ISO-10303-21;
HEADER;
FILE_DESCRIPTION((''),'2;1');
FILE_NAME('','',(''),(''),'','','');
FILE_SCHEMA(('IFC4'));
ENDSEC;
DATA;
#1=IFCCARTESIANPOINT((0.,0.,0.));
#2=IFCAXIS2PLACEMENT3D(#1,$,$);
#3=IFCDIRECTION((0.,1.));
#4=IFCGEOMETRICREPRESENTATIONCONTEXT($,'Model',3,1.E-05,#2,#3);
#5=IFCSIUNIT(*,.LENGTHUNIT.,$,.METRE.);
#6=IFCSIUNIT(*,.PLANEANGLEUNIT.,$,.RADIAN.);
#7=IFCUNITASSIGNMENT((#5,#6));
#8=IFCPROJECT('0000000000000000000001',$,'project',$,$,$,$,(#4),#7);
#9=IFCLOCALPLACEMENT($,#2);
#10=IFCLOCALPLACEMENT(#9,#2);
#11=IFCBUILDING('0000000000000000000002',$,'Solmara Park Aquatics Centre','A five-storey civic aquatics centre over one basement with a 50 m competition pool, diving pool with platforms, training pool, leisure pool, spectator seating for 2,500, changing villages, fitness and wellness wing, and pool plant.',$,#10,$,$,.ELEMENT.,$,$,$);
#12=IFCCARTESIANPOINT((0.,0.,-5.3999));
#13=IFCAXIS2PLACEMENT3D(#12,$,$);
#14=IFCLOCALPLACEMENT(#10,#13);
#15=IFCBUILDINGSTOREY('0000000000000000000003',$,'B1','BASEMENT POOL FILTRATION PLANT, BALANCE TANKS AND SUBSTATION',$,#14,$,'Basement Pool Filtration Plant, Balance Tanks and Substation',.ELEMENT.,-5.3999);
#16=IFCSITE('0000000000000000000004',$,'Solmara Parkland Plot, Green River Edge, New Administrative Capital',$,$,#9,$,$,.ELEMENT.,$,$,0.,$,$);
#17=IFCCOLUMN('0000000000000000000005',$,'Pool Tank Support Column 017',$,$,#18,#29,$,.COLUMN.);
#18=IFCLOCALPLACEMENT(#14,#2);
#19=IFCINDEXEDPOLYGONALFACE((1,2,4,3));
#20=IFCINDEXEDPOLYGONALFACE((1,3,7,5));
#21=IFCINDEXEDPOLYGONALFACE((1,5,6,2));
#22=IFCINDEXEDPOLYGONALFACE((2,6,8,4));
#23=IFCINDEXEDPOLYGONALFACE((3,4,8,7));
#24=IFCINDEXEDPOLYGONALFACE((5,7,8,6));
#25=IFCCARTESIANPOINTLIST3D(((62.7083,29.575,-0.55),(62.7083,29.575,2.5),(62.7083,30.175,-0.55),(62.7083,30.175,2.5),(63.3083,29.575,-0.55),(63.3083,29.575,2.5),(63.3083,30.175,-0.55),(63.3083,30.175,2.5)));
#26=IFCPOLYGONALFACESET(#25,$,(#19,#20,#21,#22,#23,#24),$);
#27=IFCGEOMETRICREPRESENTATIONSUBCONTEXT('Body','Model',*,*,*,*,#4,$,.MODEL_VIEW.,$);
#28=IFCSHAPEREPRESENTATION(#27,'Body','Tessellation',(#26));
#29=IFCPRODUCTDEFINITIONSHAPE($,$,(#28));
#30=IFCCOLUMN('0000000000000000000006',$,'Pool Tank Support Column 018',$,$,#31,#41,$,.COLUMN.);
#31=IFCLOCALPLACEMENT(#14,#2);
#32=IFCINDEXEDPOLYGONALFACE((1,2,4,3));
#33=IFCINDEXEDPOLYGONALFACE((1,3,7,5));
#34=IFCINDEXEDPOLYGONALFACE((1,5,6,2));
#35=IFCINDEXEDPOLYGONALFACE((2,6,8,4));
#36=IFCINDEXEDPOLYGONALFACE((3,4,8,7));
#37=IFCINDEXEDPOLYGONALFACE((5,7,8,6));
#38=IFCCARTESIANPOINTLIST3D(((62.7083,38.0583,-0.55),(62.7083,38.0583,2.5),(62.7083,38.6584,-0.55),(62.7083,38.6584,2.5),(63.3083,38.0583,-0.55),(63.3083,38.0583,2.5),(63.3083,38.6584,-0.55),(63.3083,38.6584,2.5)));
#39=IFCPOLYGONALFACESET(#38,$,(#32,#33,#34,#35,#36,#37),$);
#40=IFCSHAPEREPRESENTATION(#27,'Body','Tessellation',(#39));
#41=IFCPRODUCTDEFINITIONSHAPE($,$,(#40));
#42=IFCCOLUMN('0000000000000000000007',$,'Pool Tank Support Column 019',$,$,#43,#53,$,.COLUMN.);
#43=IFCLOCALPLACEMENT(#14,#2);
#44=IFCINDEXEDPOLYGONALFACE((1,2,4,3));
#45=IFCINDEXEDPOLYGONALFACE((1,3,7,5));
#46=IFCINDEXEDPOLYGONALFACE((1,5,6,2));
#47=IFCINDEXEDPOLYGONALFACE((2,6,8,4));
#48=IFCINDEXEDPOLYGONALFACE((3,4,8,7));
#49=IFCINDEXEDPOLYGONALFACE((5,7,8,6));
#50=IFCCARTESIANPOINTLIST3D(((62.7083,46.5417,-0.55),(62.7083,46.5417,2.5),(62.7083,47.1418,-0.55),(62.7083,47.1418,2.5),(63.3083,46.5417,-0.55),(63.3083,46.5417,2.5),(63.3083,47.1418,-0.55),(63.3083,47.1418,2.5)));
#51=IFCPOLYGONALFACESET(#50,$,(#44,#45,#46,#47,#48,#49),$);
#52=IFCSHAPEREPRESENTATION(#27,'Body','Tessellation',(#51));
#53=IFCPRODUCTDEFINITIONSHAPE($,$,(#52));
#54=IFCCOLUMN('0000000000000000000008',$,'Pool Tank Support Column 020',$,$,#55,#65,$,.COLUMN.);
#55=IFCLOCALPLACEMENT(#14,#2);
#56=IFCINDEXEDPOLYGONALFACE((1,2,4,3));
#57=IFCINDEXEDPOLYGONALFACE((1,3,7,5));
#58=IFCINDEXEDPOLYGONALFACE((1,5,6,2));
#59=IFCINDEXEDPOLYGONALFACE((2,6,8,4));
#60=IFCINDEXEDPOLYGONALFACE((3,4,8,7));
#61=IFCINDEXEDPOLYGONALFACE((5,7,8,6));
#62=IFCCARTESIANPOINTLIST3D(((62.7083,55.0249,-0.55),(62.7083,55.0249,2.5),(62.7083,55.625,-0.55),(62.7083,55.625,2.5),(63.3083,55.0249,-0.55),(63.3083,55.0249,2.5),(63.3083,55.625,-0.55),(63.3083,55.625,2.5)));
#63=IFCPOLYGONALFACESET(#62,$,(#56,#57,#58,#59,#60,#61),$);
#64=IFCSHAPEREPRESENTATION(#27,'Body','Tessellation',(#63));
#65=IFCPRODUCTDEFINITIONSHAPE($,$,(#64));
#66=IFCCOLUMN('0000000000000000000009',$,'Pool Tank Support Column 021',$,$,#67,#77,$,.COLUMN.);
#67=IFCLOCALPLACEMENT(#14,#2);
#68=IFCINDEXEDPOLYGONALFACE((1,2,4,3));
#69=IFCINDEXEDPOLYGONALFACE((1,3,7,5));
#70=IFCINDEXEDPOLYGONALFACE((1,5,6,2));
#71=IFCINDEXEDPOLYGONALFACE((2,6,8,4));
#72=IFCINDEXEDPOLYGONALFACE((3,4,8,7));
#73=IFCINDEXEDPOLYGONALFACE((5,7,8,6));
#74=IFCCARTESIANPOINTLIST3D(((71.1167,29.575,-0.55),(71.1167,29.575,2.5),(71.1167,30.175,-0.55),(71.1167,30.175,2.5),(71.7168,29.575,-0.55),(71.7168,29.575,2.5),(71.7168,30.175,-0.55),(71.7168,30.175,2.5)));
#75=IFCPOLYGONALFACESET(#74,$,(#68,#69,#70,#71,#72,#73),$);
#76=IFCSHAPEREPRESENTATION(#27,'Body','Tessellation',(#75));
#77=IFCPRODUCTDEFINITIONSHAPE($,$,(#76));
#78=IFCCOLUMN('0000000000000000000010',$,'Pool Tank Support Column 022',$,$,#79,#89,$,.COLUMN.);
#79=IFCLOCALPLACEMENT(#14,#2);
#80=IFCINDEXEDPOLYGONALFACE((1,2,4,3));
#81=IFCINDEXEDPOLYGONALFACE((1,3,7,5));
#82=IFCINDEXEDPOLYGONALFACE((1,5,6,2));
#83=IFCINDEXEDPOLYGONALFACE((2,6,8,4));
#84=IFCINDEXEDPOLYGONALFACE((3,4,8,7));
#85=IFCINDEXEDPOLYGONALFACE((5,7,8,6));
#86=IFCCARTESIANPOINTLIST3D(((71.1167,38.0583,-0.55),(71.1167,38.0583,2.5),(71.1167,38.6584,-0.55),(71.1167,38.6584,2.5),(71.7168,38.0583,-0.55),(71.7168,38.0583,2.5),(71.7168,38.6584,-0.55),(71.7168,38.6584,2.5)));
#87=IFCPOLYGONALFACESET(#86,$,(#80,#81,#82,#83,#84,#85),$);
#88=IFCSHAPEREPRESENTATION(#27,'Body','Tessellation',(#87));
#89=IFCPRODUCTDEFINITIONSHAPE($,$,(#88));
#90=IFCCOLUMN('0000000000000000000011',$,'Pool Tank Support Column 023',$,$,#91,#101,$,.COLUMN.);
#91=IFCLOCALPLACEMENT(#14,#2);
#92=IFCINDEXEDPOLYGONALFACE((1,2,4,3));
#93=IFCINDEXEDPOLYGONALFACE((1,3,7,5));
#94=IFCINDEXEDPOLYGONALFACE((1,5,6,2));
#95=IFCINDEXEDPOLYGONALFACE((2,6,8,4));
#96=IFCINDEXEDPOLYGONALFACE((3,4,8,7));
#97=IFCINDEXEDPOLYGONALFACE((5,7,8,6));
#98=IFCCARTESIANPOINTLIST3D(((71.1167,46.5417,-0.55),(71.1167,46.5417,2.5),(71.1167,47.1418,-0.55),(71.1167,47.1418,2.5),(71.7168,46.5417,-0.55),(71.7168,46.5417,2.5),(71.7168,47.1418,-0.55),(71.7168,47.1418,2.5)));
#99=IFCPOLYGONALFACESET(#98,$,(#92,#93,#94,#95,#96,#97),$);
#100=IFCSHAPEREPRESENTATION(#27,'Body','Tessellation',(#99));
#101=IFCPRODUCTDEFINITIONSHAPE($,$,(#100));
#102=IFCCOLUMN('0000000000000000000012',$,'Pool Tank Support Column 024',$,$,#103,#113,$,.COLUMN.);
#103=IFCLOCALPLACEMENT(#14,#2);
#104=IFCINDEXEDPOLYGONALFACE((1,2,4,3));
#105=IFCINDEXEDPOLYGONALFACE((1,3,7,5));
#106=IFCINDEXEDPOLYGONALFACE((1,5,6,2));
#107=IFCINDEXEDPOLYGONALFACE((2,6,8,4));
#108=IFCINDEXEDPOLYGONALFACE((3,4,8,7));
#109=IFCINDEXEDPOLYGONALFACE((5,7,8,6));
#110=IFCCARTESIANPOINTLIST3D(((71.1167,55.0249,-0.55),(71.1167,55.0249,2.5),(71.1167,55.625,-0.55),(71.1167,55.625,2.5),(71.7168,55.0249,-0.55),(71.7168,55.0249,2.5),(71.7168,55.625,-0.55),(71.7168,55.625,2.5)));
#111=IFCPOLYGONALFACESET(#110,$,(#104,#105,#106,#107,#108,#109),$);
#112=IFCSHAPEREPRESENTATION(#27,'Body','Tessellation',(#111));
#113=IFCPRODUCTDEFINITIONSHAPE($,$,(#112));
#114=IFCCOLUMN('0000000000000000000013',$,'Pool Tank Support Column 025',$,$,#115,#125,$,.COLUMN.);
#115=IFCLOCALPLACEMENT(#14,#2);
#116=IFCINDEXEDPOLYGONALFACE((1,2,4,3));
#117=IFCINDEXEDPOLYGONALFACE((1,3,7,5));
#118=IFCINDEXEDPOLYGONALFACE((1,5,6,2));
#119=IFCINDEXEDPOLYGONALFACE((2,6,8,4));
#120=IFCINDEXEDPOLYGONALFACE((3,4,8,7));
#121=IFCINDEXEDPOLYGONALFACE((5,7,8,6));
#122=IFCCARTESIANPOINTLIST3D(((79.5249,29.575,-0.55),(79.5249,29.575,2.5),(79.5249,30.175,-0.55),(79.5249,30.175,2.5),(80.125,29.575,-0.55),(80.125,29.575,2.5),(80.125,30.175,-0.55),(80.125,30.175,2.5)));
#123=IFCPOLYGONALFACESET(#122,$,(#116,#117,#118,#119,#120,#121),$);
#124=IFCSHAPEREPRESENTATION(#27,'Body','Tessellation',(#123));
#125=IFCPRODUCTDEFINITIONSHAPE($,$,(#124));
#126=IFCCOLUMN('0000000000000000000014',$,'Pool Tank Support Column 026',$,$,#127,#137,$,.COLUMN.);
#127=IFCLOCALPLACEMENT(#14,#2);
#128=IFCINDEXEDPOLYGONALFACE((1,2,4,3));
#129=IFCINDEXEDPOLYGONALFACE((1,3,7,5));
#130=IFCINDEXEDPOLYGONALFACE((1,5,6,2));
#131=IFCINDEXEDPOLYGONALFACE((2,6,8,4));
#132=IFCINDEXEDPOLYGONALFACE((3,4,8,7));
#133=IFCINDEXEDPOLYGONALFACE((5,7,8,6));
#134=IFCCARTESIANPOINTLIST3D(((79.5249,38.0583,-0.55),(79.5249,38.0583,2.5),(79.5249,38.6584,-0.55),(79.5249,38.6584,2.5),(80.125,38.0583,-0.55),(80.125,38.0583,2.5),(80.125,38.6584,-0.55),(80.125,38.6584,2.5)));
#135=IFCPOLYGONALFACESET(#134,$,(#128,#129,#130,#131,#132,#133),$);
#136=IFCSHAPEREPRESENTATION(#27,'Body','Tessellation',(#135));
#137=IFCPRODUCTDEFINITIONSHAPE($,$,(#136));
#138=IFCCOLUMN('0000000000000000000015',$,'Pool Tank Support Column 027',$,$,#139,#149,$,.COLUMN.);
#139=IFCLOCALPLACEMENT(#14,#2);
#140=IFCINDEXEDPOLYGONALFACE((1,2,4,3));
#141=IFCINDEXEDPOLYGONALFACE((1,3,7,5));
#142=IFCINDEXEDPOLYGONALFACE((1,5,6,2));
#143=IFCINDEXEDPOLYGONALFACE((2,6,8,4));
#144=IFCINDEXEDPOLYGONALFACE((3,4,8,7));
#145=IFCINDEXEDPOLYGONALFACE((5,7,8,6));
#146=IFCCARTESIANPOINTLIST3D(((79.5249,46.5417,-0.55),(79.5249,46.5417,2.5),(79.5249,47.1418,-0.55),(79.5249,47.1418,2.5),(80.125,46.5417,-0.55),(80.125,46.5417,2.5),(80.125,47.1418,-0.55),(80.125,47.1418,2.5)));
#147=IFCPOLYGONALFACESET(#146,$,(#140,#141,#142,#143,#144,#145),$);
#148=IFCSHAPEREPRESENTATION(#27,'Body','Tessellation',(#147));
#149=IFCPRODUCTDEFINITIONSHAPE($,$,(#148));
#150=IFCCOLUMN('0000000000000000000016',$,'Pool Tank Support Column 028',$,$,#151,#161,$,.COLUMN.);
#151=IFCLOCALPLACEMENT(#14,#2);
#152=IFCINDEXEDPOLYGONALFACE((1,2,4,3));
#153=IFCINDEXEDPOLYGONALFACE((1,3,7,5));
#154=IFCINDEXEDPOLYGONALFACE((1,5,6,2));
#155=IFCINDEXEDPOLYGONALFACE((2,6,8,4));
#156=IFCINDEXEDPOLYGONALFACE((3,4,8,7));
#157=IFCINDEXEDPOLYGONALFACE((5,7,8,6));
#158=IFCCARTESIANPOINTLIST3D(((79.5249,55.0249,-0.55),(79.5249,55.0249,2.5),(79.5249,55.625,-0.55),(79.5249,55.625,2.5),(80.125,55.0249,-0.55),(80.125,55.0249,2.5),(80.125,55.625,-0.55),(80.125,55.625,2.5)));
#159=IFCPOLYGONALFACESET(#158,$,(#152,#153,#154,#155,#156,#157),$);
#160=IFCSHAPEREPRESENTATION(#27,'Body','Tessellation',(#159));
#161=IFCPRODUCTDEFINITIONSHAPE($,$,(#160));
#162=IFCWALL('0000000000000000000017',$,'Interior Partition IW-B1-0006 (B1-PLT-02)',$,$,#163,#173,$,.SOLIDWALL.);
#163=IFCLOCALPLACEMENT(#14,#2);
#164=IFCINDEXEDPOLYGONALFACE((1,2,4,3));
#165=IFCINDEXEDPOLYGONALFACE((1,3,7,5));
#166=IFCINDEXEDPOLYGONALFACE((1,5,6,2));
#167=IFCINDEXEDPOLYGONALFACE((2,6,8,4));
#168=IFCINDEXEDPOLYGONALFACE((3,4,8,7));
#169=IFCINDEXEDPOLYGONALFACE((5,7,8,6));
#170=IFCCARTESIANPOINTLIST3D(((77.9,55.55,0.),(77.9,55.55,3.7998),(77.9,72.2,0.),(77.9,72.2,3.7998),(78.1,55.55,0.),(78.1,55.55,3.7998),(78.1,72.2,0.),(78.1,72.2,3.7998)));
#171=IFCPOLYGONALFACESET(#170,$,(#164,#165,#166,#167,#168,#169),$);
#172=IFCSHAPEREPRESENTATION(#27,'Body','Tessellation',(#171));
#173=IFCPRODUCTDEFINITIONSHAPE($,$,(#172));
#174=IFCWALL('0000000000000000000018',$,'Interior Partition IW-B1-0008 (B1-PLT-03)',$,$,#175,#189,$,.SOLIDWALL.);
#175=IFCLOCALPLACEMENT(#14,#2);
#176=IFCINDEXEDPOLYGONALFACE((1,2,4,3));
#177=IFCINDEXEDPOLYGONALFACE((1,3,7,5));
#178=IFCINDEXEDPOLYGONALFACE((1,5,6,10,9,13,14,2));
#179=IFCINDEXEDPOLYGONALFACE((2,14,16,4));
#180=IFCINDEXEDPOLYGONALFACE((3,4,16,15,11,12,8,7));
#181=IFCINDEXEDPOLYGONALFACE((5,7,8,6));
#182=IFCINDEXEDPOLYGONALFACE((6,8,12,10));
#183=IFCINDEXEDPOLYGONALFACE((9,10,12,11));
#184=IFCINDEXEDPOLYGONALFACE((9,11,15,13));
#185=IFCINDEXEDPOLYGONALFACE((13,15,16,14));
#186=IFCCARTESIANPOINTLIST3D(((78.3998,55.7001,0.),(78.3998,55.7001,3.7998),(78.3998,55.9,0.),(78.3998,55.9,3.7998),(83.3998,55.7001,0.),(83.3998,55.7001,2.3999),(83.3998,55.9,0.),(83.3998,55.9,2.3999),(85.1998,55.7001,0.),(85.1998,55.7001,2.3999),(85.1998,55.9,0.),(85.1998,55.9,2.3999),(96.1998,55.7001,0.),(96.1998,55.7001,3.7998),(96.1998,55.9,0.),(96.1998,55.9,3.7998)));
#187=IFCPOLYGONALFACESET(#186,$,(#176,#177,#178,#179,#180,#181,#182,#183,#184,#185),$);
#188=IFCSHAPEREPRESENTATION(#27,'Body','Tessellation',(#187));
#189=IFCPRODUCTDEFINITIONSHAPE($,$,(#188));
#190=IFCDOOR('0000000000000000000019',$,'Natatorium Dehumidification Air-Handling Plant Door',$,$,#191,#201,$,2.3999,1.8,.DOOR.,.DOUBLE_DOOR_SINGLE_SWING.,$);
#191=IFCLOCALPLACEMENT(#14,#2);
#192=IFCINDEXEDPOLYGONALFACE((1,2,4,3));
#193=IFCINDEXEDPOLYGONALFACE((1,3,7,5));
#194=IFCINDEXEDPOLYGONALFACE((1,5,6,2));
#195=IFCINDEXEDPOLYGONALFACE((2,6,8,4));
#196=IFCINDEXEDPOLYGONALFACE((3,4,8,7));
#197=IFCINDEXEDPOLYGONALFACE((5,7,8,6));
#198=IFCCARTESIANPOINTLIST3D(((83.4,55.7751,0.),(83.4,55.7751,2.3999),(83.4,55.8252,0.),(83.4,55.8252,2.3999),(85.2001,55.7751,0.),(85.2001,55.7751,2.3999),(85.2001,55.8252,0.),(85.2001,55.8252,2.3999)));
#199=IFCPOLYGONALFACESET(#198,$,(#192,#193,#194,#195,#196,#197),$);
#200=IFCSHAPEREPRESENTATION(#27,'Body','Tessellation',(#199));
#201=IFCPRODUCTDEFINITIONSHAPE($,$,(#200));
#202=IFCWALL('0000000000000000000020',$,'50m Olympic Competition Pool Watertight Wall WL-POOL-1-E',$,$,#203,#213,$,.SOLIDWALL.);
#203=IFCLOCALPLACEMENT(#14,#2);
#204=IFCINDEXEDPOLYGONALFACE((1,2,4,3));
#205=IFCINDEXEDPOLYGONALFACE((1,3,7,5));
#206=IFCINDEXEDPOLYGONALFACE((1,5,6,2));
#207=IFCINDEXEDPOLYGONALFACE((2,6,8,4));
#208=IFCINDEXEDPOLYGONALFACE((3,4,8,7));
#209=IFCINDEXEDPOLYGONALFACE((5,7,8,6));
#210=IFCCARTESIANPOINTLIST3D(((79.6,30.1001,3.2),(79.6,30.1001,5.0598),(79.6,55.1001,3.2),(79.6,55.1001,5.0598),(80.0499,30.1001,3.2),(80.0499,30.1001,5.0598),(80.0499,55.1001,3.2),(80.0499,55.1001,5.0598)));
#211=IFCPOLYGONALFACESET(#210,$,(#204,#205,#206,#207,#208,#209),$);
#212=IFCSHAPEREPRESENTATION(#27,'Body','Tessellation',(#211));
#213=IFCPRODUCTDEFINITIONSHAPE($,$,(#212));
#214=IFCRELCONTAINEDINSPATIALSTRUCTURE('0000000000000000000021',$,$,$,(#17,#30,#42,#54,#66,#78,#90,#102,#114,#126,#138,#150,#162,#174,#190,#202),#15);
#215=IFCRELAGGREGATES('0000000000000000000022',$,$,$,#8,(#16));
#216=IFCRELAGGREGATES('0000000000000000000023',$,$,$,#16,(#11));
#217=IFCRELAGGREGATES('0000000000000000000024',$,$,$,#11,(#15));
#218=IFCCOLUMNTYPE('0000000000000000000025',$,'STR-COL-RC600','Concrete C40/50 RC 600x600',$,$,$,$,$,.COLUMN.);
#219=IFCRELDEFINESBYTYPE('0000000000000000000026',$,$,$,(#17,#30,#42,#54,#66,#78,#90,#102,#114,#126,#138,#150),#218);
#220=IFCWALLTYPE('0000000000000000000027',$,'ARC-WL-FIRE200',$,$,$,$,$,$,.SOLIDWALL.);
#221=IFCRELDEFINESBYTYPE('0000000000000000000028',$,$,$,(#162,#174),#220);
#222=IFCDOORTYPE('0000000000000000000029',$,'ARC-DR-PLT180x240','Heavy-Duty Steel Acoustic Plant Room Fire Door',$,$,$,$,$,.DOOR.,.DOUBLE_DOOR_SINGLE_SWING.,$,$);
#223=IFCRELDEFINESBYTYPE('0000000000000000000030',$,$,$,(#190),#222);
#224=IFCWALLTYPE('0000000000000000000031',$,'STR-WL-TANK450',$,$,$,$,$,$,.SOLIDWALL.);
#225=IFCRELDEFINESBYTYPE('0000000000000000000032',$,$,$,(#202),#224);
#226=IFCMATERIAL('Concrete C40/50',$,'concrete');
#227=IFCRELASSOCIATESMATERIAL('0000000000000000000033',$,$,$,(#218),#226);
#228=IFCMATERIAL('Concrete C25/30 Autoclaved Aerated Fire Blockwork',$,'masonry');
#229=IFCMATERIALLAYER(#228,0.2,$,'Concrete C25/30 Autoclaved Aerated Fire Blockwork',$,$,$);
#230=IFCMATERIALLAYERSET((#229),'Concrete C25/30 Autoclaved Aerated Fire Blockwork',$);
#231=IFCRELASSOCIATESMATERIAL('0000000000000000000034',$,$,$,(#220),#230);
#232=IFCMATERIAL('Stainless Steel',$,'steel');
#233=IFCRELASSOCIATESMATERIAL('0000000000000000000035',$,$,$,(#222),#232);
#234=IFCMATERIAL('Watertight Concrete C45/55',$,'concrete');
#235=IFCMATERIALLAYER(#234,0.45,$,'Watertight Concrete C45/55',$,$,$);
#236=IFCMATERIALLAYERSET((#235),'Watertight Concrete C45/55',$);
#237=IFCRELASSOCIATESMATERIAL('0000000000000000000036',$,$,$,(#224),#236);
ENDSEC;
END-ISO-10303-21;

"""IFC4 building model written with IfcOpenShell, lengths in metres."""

from ifc_helpers import new_model, si_unit, direction, frame, frame_2d, origin, origin_2d, place, context, subcontext, project, spatial, rectangle, extrude, material, layer, layer_set, material_profile, profile_set, type_object, element, fill, save


model = new_model("IFC4")

# Units and contexts
model_context = context("Model", 3, precision=1e-05, world=origin(), true_north=direction((0.0, 1.0)))
body_context = subcontext(model_context, "Body", "Model", "MODEL_VIEW")
ifc_project = project(units=[si_unit("LENGTHUNIT", "METRE"), si_unit("PLANEANGLEUNIT", "RADIAN")], contexts=[model_context])

# Site, building, storey
site_placement = place(None, origin())
site = spatial("IfcSite", under=ifc_project, at=site_placement, Name="Solmara Parkland Plot, Green River Edge, New Administrative Capital", CompositionType="ELEMENT", RefElevation=0.0)
building_placement = place(site_placement, origin())
building = spatial("IfcBuilding", under=site, at=building_placement, Name="Solmara Park Aquatics Centre", Description="A five-storey civic aquatics centre over one basement with a 50 m competition pool, diving pool with platforms, training pool, leisure pool, spectator seating for 2,500, changing villages, fitness and wellness wing, and pool plant.", CompositionType="ELEMENT")
storey_placement = place(building_placement, frame((0.0, 0.0, -5.3999)))
storey = spatial("IfcBuildingStorey", under=building, at=storey_placement, Name="B1", Description="BASEMENT POOL FILTRATION PLANT, BALANCE TANKS AND SUBSTATION", LongName="Basement Pool Filtration Plant, Balance Tanks and Substation", CompositionType="ELEMENT", Elevation=-5.3999)

# Shared definitions
ifc_material_1 = material(Name="Watertight Concrete C45/55", Category="concrete")

# Columns
ifc_material_2 = material(Name="Concrete C40/50", Category="concrete")
ifc_material_profile_1 = material_profile(ifc_material_2, rectangle(XDim=0.6001, YDim=0.6001, at=origin_2d()), Name="RC 600x600")
ifc_profile_set_1 = profile_set([ifc_material_profile_1], Name="Concrete C40/50")
column_type_1 = type_object("IfcColumnType", Name="STR-COL-RC600", Description="Concrete C40/50 RC 600x600", PredefinedType="COLUMN", material=ifc_profile_set_1)
for number, where, z_axis, x_axis, name in (
    (1, (63.0083, 29.875, -0.55), (0.0, 0.0, 1.0), (1.0, 0.0, 0.0), "Pool Tank Support Column 017"),
    (2, (63.0083, 38.3584, -0.55), (0.0, 0.0, 1.0), (1.0, 0.0, 0.0), "Pool Tank Support Column 018"),
    (3, (63.0083, 46.8418, -0.55), (0.0, 0.0, 1.0), (1.0, 0.0, 0.0), "Pool Tank Support Column 019"),
    (4, (63.0083, 55.325, -0.55), (0.0, 0.0, 1.0), (1.0, 0.0, 0.0), "Pool Tank Support Column 020"),
    (5, (71.4167, 29.875, -0.55), (0.0, 0.0, 1.0), (1.0, 0.0, 0.0), "Pool Tank Support Column 021"),
    (6, (71.4167, 38.3584, -0.55), (0.0, 0.0, 1.0), (1.0, 0.0, 0.0), "Pool Tank Support Column 022"),
    (7, (71.4167, 46.8418, -0.55), (0.0, 0.0, 1.0), (1.0, 0.0, 0.0), "Pool Tank Support Column 023"),
    (8, (71.4167, 55.325, -0.55), (0.0, 0.0, 1.0), (1.0, 0.0, 0.0), "Pool Tank Support Column 024"),
    (9, (79.825, 29.875, -0.55), (0.0, 0.0, 1.0), (1.0, 0.0, 0.0), "Pool Tank Support Column 025"),
    (10, (79.825, 38.3584, -0.55), (0.0, 0.0, 1.0), (1.0, 0.0, 0.0), "Pool Tank Support Column 026"),
    (11, (79.825, 46.8418, -0.55), (0.0, 0.0, 1.0), (1.0, 0.0, 0.0), "Pool Tank Support Column 027"),
    (12, (79.825, 55.325, -0.55), (0.0, 0.0, 1.0), (1.0, 0.0, 0.0), "Pool Tank Support Column 028"),
):
    element("IfcColumn", number, at=place(storey_placement, frame(where, z_axis=z_axis, x_axis=x_axis)), inside=storey, type_object=column_type_1, Name=name, PredefinedType="COLUMN", context=body_context, shape_type="SweptSolid", body=[
        extrude(rectangle(XDim=0.6001, YDim=0.6001, at=origin_2d()), origin(), (0.0, 0.0, 1.0), 3.05),
    ])

# Wall
ifc_material_3 = material(Name="Concrete C25/30 Autoclaved Aerated Fire Blockwork", Category="masonry")
ifc_layer_1 = layer(ifc_material_3, 0.2, Name="Concrete C25/30 Autoclaved Aerated Fire Blockwork")
ifc_layer_set_1 = layer_set([ifc_layer_1], Name="Concrete C25/30 Autoclaved Aerated Fire Blockwork")
wall_type_1 = type_object("IfcWallType", Name="ARC-WL-FIRE200", PredefinedType="SOLIDWALL", material=ifc_layer_set_1)
wall_1_placement = place(storey_placement, frame((78.0, 55.55, 0.0), z_axis=(0.0, 0.0, 1.0), x_axis=(0.0, 1.0, 0.0)))
element("IfcWall", 13, at=wall_1_placement, inside=storey, type_object=wall_type_1, Name="Interior Partition IW-B1-0006 (B1-PLT-02)", PredefinedType="SOLIDWALL", context=body_context, shape_type="SweptSolid", body=[
    extrude(rectangle(XDim=16.6499, YDim=0.2, at=frame_2d((8.325, 0.0))), origin(), (0.0, 0.0, 1.0), 3.7998),
])

# Wall, opening, door
wall_2_placement = place(storey_placement, frame((78.3999, 55.8, 0.0), z_axis=(0.0, 0.0, 1.0), x_axis=(1.0, 0.0, 0.0)))
wall_2 = element("IfcWall", 14, at=wall_2_placement, inside=storey, type_object=wall_type_1, Name="Interior Partition IW-B1-0008 (B1-PLT-03)", PredefinedType="SOLIDWALL", context=body_context, shape_type="SweptSolid", body=[
    extrude(rectangle(XDim=17.8, YDim=0.2, at=frame_2d((8.8999, 0.0))), origin(), (0.0, 0.0, 1.0), 3.7998),
])
opening_placement = place(wall_2_placement, frame((5.0, 0.0, 0.0)))
opening = element("IfcOpeningElement", 15, at=opening_placement, cuts=wall_2, PredefinedType="OPENING", context=body_context, shape_type="SweptSolid", body=[
    extrude(rectangle(XDim=1.8, YDim=2.3999, at=frame_2d((0.8999, 1.2))), frame((0.0, 0.1099, 0.0), z_axis=(0.0, -1.0, 0.0), x_axis=(1.0, 0.0, 0.0)), (0.0, 0.0, 1.0), 0.22),
])
ifc_material_4 = material(Name="Stainless Steel", Category="steel")
door_type = type_object("IfcDoorType", Name="ARC-DR-PLT180x240", Description="Heavy-Duty Steel Acoustic Plant Room Fire Door", OperationType="DOUBLE_DOOR_SINGLE_SWING", PredefinedType="DOOR", material=ifc_material_4)
door_placement = place(opening_placement, frame((1.8, 0.0, 0.0), z_axis=(0.0, 0.0, 1.0), x_axis=(-1.0, 0.0, 0.0)))
door = element("IfcDoor", 16, at=door_placement, inside=storey, type_object=door_type, Name="Natatorium Dehumidification Air-Handling Plant Door", OperationType="DOUBLE_DOOR_SINGLE_SWING", OverallHeight=2.3999, OverallWidth=1.8, PredefinedType="DOOR", context=body_context, shape_type="SweptSolid", body=[
    extrude(rectangle(XDim=1.8, YDim=2.3999, at=frame_2d((0.8999, 1.2))), frame((0.0, 0.0249, 0.0), z_axis=(0.0, -1.0, 0.0), x_axis=(1.0, 0.0, 0.0)), (0.0, 0.0, 1.0), 0.05),
])
fill(opening, door)

# Wall
ifc_layer_2 = layer(ifc_material_1, 0.45, Name="Watertight Concrete C45/55")
ifc_layer_set_2 = layer_set([ifc_layer_2], Name="Watertight Concrete C45/55")
wall_type_2 = type_object("IfcWallType", Name="STR-WL-TANK450", PredefinedType="SOLIDWALL", material=ifc_layer_set_2)
wall_3_placement = place(storey_placement, frame((79.825, 30.1001, 3.2), z_axis=(0.0, 0.0, 1.0), x_axis=(0.0, 1.0, 0.0)))
element("IfcWall", 17, at=wall_3_placement, inside=storey, type_object=wall_type_2, Name="50m Olympic Competition Pool Watertight Wall WL-POOL-1-E", PredefinedType="SOLIDWALL", context=body_context, shape_type="SweptSolid", body=[
    extrude(rectangle(XDim=25.0, YDim=0.45, at=frame_2d((12.5, 0.0))), origin(), (0.0, 0.0, 1.0), 1.8599),
])

save(model, "model.ifc")
